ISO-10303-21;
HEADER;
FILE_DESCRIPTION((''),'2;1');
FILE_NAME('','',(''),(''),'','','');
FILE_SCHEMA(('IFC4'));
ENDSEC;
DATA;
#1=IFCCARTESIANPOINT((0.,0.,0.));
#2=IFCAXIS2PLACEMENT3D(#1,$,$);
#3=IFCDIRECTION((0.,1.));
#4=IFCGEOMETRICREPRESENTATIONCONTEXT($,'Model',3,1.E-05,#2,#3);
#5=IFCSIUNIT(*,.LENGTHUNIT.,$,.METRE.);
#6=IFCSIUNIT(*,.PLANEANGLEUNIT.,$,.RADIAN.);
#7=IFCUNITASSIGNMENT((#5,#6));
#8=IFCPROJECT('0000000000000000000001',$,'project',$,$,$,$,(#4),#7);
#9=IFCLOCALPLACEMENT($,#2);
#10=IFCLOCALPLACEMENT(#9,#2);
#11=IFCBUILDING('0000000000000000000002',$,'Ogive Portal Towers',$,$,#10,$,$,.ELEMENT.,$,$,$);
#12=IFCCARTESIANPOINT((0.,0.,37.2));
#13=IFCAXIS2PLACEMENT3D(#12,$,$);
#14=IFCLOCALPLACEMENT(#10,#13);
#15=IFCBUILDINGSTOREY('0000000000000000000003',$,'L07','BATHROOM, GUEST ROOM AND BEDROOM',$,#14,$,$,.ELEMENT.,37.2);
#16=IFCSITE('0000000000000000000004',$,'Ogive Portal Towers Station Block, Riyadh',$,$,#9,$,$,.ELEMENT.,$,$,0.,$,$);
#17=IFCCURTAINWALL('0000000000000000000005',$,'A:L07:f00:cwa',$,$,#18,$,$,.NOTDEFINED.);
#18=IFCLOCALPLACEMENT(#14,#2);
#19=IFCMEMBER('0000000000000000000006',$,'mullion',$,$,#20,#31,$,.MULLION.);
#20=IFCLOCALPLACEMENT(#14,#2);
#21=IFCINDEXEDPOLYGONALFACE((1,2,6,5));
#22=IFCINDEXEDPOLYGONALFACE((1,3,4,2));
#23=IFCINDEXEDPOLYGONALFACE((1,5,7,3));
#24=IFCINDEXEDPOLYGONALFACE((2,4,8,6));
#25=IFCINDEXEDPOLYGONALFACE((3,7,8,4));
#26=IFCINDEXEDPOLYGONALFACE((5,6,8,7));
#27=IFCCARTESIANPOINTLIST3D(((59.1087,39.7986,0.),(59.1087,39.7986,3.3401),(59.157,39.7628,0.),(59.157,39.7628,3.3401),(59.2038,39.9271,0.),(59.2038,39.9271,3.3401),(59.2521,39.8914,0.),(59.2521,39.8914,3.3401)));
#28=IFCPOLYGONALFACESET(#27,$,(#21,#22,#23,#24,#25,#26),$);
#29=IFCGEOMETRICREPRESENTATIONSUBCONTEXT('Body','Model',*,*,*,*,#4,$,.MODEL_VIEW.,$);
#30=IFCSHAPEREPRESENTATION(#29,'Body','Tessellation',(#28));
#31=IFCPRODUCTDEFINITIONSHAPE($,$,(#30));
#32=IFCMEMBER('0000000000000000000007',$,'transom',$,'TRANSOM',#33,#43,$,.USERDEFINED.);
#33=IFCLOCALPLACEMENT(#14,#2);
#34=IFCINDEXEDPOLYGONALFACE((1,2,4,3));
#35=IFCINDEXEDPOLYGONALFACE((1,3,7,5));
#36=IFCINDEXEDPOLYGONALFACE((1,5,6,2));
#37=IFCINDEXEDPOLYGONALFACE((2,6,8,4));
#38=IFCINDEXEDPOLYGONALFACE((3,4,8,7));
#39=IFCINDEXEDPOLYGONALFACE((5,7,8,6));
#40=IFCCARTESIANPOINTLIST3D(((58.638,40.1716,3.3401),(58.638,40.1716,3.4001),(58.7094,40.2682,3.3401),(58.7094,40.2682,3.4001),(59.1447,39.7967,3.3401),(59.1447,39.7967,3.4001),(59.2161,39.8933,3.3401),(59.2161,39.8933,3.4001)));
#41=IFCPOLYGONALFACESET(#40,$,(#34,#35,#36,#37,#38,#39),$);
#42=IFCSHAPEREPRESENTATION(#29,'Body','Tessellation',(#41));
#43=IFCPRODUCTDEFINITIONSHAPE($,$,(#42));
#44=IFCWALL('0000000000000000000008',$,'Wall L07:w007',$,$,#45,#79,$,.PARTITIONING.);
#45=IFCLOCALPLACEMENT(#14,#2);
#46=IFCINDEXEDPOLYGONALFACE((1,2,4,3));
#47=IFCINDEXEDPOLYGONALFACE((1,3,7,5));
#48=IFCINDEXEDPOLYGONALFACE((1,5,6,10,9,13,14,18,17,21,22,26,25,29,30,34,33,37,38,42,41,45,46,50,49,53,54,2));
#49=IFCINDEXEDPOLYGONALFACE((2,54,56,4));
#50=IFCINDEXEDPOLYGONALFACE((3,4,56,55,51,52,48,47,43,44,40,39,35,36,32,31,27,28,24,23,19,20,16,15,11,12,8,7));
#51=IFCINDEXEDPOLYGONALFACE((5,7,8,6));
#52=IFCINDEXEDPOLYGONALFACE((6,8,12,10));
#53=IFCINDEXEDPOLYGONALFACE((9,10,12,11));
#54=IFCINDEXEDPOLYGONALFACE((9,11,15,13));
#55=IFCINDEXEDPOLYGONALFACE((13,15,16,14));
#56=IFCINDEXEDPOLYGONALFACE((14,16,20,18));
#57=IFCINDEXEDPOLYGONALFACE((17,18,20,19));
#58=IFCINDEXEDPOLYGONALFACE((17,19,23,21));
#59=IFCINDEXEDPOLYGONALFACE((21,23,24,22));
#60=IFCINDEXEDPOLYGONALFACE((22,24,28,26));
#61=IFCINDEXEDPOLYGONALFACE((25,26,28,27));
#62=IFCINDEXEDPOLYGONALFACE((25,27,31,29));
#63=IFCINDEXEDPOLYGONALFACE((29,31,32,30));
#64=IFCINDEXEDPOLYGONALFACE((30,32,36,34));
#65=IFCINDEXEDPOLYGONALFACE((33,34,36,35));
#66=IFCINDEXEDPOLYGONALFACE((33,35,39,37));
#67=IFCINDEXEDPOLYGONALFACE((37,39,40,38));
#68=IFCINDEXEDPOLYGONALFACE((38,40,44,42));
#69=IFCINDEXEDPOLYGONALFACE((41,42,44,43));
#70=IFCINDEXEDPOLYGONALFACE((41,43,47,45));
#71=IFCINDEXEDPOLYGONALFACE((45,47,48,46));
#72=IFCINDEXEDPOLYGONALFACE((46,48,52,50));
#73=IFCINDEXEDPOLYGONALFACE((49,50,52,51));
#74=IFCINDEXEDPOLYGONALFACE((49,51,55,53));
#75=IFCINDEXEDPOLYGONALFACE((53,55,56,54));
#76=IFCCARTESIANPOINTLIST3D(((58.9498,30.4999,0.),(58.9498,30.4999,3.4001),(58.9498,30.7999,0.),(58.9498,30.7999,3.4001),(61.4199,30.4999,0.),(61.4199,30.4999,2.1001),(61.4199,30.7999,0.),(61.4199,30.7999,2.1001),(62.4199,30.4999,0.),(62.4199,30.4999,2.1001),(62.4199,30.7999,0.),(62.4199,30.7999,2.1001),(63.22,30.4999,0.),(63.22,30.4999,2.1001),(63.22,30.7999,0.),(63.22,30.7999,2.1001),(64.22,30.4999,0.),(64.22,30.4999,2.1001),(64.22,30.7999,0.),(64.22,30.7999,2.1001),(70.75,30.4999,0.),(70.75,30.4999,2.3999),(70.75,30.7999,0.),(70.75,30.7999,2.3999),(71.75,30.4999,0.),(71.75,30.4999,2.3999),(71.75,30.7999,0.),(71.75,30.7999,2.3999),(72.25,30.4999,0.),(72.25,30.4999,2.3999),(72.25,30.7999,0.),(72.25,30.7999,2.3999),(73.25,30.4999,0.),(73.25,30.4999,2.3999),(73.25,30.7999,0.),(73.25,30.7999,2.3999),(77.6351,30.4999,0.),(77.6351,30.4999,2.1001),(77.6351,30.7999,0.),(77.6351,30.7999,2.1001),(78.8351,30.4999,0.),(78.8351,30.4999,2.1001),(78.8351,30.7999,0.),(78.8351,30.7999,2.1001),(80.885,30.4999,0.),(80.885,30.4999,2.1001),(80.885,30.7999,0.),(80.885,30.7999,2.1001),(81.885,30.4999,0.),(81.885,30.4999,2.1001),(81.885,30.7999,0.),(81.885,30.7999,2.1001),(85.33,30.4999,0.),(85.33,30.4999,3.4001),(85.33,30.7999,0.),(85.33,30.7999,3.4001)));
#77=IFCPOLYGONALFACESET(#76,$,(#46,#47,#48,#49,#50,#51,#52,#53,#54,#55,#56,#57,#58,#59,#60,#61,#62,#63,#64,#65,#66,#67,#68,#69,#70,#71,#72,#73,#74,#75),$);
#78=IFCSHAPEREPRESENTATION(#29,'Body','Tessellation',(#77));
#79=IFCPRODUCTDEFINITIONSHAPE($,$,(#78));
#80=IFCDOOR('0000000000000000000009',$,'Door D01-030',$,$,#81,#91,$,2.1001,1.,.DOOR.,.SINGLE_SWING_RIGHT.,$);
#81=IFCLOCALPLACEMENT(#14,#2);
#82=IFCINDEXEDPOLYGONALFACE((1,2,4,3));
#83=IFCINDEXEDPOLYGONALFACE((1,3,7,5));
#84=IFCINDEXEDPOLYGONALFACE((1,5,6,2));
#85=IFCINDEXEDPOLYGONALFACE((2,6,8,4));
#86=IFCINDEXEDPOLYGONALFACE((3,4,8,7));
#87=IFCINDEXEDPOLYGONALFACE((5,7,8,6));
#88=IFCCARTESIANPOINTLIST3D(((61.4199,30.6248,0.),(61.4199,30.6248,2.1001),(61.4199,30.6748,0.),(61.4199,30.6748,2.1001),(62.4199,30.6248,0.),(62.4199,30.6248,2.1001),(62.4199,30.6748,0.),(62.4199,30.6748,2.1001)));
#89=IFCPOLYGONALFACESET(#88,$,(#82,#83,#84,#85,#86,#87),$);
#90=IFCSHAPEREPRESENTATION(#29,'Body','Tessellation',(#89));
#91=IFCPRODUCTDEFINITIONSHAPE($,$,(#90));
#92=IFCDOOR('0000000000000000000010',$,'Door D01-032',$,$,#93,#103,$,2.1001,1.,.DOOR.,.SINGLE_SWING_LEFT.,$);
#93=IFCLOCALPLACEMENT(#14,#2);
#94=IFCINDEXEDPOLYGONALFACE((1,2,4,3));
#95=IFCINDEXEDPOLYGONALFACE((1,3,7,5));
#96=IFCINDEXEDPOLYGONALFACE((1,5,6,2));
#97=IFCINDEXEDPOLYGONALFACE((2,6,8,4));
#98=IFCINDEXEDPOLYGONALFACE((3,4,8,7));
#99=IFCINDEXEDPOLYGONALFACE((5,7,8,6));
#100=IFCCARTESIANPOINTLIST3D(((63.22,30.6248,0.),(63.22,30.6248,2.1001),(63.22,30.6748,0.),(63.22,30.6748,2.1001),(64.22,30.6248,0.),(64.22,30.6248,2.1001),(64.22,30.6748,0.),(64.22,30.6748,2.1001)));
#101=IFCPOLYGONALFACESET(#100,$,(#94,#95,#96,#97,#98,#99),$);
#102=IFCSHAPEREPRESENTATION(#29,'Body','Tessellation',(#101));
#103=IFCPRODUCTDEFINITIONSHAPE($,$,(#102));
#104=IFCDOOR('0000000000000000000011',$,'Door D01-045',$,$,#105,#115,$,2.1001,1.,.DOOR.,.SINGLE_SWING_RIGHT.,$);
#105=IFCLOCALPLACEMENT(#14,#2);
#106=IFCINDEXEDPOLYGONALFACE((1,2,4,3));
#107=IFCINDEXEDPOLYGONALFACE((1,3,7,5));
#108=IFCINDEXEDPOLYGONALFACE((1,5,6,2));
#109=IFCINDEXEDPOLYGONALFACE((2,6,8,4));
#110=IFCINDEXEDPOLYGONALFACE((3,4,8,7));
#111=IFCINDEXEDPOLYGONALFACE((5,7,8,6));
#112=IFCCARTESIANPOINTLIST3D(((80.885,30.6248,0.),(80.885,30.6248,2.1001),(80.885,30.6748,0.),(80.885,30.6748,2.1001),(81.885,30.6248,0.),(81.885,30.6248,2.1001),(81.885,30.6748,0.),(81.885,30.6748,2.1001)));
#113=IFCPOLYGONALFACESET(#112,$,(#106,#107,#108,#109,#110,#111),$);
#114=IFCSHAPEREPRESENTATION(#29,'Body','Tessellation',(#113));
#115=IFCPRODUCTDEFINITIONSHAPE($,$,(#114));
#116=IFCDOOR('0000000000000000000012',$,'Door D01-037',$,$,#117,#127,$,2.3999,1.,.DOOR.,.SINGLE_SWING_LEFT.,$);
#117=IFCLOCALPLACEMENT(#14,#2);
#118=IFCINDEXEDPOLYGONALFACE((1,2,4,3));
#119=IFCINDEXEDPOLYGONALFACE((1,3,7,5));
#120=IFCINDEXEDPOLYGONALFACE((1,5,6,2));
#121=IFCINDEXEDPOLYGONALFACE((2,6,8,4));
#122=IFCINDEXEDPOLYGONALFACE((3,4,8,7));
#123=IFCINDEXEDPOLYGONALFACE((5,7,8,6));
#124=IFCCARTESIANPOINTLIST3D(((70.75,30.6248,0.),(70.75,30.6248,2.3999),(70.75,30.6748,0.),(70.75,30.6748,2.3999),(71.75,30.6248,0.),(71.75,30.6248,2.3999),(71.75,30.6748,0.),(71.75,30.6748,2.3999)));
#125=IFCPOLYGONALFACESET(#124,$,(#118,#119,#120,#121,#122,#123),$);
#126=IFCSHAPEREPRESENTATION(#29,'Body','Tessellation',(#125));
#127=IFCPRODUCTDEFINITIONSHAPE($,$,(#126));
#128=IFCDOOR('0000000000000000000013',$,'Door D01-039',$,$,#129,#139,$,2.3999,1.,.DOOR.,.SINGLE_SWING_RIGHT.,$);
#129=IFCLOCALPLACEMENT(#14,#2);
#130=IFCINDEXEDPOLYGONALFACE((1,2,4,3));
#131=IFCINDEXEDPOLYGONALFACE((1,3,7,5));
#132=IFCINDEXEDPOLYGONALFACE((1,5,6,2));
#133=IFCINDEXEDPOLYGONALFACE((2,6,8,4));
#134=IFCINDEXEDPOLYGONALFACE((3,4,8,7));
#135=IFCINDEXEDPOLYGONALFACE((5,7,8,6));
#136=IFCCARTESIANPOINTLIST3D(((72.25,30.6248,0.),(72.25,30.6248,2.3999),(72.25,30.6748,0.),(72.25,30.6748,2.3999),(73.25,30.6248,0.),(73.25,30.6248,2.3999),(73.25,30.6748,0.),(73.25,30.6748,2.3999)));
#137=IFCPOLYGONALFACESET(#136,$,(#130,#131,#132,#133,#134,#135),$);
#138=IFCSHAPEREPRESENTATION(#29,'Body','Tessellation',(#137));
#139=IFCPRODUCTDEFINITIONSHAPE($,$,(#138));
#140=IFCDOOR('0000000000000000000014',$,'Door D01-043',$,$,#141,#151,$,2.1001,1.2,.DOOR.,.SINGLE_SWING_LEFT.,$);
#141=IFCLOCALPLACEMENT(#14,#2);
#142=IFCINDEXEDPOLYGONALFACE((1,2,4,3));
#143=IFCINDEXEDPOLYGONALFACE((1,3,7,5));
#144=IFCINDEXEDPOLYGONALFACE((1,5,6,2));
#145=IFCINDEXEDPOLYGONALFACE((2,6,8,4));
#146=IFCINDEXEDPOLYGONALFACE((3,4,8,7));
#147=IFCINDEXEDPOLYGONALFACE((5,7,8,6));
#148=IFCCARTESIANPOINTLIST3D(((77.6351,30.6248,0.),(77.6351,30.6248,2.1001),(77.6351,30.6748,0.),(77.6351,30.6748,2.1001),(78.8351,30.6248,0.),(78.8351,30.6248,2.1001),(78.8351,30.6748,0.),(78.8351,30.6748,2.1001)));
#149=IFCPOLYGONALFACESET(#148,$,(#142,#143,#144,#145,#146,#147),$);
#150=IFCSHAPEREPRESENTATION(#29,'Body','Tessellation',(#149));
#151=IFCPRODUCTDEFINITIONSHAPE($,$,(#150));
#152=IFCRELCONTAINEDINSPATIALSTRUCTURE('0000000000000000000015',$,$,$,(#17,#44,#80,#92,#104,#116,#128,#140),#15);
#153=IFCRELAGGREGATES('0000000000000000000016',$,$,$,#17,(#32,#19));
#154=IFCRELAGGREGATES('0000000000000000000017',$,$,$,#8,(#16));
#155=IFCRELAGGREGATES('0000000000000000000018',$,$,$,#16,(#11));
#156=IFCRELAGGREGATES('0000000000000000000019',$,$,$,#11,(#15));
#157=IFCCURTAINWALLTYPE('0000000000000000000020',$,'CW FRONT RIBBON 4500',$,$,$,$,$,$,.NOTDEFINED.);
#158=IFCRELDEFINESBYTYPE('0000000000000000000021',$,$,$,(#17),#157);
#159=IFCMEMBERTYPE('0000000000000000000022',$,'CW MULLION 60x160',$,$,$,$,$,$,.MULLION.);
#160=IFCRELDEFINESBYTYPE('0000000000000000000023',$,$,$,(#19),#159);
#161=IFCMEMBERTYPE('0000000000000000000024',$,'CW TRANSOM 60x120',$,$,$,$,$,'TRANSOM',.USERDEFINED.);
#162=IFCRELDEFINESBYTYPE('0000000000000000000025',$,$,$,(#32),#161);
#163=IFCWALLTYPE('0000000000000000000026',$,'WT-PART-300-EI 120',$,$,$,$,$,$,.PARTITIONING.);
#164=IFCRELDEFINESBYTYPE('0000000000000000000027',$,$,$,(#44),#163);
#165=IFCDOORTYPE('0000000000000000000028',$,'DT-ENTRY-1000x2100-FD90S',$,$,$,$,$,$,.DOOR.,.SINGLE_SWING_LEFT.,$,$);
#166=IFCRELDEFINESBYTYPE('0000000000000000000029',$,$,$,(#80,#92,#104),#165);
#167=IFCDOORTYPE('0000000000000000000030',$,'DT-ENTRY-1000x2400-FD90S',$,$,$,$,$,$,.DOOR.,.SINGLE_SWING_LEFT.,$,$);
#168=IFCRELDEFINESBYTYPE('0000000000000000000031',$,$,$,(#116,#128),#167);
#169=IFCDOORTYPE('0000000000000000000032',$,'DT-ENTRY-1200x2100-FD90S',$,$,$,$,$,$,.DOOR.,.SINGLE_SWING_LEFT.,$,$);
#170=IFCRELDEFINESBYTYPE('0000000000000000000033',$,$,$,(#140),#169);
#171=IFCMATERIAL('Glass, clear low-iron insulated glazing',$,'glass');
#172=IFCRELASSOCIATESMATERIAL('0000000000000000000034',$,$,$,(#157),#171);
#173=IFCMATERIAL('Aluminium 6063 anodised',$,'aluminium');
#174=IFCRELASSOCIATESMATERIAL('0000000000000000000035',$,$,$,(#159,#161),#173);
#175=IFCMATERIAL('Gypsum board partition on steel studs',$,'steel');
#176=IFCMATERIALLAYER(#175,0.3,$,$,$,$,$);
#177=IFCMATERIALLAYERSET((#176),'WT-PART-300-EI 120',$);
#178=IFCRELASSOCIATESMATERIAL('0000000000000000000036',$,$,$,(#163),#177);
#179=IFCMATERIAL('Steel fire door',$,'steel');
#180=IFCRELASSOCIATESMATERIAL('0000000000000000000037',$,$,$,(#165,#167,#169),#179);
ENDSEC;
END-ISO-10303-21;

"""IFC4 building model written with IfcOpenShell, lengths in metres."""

from ifc_helpers import new_model, si_unit, direction, frame, frame_2d, origin, origin_2d, place, context, subcontext, project, spatial, rectangle, extrude, material, layer, layer_set, material_profile, profile_set, type_object, element, fill, aggregate, save


model = new_model("IFC4")

# Units and contexts
model_context = context("Model", 3, precision=1e-05, world=origin(), true_north=direction((0.0, 1.0)))
body_context = subcontext(model_context, "Body", "Model", "MODEL_VIEW")
ifc_project = project(units=[si_unit("LENGTHUNIT", "METRE"), si_unit("PLANEANGLEUNIT", "RADIAN")], contexts=[model_context])

# Site, building, storey
site_placement = place(None, origin())
site = spatial("IfcSite", under=ifc_project, at=site_placement, Name="Ogive Portal Towers Station Block, Riyadh", CompositionType="ELEMENT", RefElevation=0.0)
building_placement = place(site_placement, origin())
building = spatial("IfcBuilding", under=site, at=building_placement, Name="Ogive Portal Towers", CompositionType="ELEMENT")
storey_placement = place(building_placement, frame((0.0, 0.0, 37.2)))
storey = spatial("IfcBuildingStorey", under=building, at=storey_placement, Name="L07", Description="BATHROOM, GUEST ROOM AND BEDROOM", CompositionType="ELEMENT", Elevation=37.2)

# Curtain wall, members
ifc_material_1 = material(Name="Glass, clear low-iron insulated glazing", Category="glass")
curtain_wall_type = type_object("IfcCurtainWallType", Name="CW FRONT RIBBON 4500", PredefinedType="NOTDEFINED", material=ifc_material_1)
curtain_wall_placement = place(storey_placement, origin())
curtain_wall = element("IfcCurtainWall", 1, at=curtain_wall_placement, inside=storey, type_object=curtain_wall_type, Name="A:L07:f00:cwa", PredefinedType="NOTDEFINED")
ifc_material_2 = material(Name="Aluminium 6063 anodised", Category="aluminium")
ifc_material_profile_1 = material_profile(ifc_material_2, rectangle(XDim=0.1599, YDim=0.0601, at=origin_2d()), Name="AL 60x160")
ifc_profile_set_1 = profile_set([ifc_material_profile_1], Name="Aluminium 6063 anodised")
member_type_1 = type_object("IfcMemberType", Name="CW MULLION 60x160", PredefinedType="MULLION", material=ifc_profile_set_1)
member_1_placement = place(storey_placement, frame((59.1804, 39.845, 0.0), z_axis=(0.0, 0.0, 1.0), x_axis=(-0.594809, -0.803867, 0.0)))
member_1 = element("IfcMember", 2, at=member_1_placement, type_object=member_type_1, Name="mullion", PredefinedType="MULLION", context=body_context, shape_type="SweptSolid", body=[
    extrude(rectangle(XDim=0.1599, YDim=0.0601, at=origin_2d()), origin(), (0.0, 0.0, 1.0), 3.3401),
])
ifc_material_profile_2 = material_profile(ifc_material_2, rectangle(XDim=0.1201, YDim=0.0601, at=origin_2d()), Name="AL 120x60")
ifc_profile_set_2 = profile_set([ifc_material_profile_2], Name="Aluminium 6063 anodised")
member_type_2 = type_object("IfcMemberType", Name="CW TRANSOM 60x120", ElementType="TRANSOM", PredefinedType="USERDEFINED", material=ifc_profile_set_2)
member_2_placement = place(storey_placement, frame((59.1804, 39.845, 3.3701), z_axis=(-0.803886, 0.594783, 0.0), x_axis=(-0.594783, -0.803886, 0.0)))
member_2 = element("IfcMember", 3, at=member_2_placement, type_object=member_type_2, Name="transom", ObjectType="TRANSOM", PredefinedType="USERDEFINED", context=body_context, shape_type="SweptSolid", body=[
    extrude(rectangle(XDim=0.1201, YDim=0.0601, at=origin_2d()), origin(), (0.0, 0.0, 1.0), 0.6304),
])
aggregate(curtain_wall, [member_2, member_1])

# Wall, openings, doors
ifc_material_3 = material(Name="Gypsum board partition on steel studs", Category="steel")
ifc_layer_1 = layer(ifc_material_3, 0.3)
ifc_layer_set_1 = layer_set([ifc_layer_1], Name="WT-PART-300-EI 120")
wall_type_1 = type_object("IfcWallType", Name="WT-PART-300-EI 120", PredefinedType="PARTITIONING", material=ifc_layer_set_1)
wall_1_placement = place(storey_placement, frame((58.95, 30.6499, 0.0), z_axis=(0.0, 0.0, 1.0), x_axis=(1.0, 0.0, 0.0)))
wall_1 = element("IfcWall", 4, at=wall_1_placement, inside=storey, type_object=wall_type_1, Name="Wall L07:w007", PredefinedType="PARTITIONING", context=body_context, shape_type="SweptSolid", body=[
    extrude(rectangle(XDim=26.3801, YDim=0.3, at=frame_2d((13.1899, 0.0))), origin(), (0.0, 0.0, 1.0), 3.4001),
])
opening_1_placement = place(wall_1_placement, frame((2.47, 0.0, 0.0)))
opening_1 = element("IfcOpeningElement", 5, at=opening_1_placement, cuts=wall_1, PredefinedType="OPENING", context=body_context, shape_type="SweptSolid", body=[
    extrude(rectangle(XDim=1.0, YDim=2.1001, at=frame_2d((0.5, 1.05))), frame((0.0, 0.1602, 0.0), z_axis=(0.0, -1.0, 0.0), x_axis=(1.0, 0.0, 0.0)), (0.0, 0.0, 1.0), 0.3201),
])
opening_2_placement = place(wall_1_placement, frame((4.27, 0.0, 0.0)))
opening_2 = element("IfcOpeningElement", 6, at=opening_2_placement, cuts=wall_1, PredefinedType="OPENING", context=body_context, shape_type="SweptSolid", body=[
    extrude(rectangle(XDim=1.0, YDim=2.1001, at=frame_2d((0.5, 1.05))), frame((0.0, 0.1602, 0.0), z_axis=(0.0, -1.0, 0.0), x_axis=(1.0, 0.0, 0.0)), (0.0, 0.0, 1.0), 0.3201),
])
opening_3_placement = place(wall_1_placement, frame((11.8, 0.0, 0.0)))
opening_3 = element("IfcOpeningElement", 7, at=opening_3_placement, cuts=wall_1, PredefinedType="OPENING", context=body_context, shape_type="SweptSolid", body=[
    extrude(rectangle(XDim=1.0, YDim=2.3999, at=frame_2d((0.5, 1.2))), frame((0.0, 0.1602, 0.0), z_axis=(0.0, -1.0, 0.0), x_axis=(1.0, 0.0, 0.0)), (0.0, 0.0, 1.0), 0.3201),
])
opening_4_placement = place(wall_1_placement, frame((13.3, 0.0, 0.0)))
opening_4 = element("IfcOpeningElement", 8, at=opening_4_placement, cuts=wall_1, PredefinedType="OPENING", context=body_context, shape_type="SweptSolid", body=[
    extrude(rectangle(XDim=1.0, YDim=2.3999, at=frame_2d((0.5, 1.2))), frame((0.0, 0.1602, 0.0), z_axis=(0.0, -1.0, 0.0), x_axis=(1.0, 0.0, 0.0)), (0.0, 0.0, 1.0), 0.3201),
])
opening_5_placement = place(wall_1_placement, frame((18.6851, 0.0, 0.0)))
opening_5 = element("IfcOpeningElement", 9, at=opening_5_placement, cuts=wall_1, PredefinedType="OPENING", context=body_context, shape_type="SweptSolid", body=[
    extrude(rectangle(XDim=1.2, YDim=2.1001, at=frame_2d((0.6001, 1.05))), frame((0.0, 0.1602, 0.0), z_axis=(0.0, -1.0, 0.0), x_axis=(1.0, 0.0, 0.0)), (0.0, 0.0, 1.0), 0.3201),
])
opening_6_placement = place(wall_1_placement, frame((21.9351, 0.0, 0.0)))
opening_6 = element("IfcOpeningElement", 10, at=opening_6_placement, cuts=wall_1, PredefinedType="OPENING", context=body_context, shape_type="SweptSolid", body=[
    extrude(rectangle(XDim=1.0, YDim=2.1001, at=frame_2d((0.5, 1.05))), frame((0.0, 0.1602, 0.0), z_axis=(0.0, -1.0, 0.0), x_axis=(1.0, 0.0, 0.0)), (0.0, 0.0, 1.0), 0.3201),
])
ifc_material_4 = material(Name="Steel fire door", Category="steel")
door_type_1 = type_object("IfcDoorType", Name="DT-ENTRY-1000x2100-FD90S", OperationType="SINGLE_SWING_LEFT", PredefinedType="DOOR", material=ifc_material_4)
door_1_placement = place(opening_1_placement, origin())
door_1 = element("IfcDoor", 11, at=door_1_placement, inside=storey, type_object=door_type_1, Name="Door D01-030", OperationType="SINGLE_SWING_RIGHT", OverallHeight=2.1001, OverallWidth=1.0, PredefinedType="DOOR", context=body_context, shape_type="SweptSolid", body=[
    extrude(rectangle(XDim=1.0, YDim=2.1001, at=frame_2d((0.5, 1.05))), frame((0.0, 0.0249, 0.0), z_axis=(0.0, -1.0, 0.0), x_axis=(1.0, 0.0, 0.0)), (0.0, 0.0, 1.0), 0.05),
])
fill(opening_1, door_1)
door_2_placement = place(opening_2_placement, origin())
door_2 = element("IfcDoor", 12, at=door_2_placement, inside=storey, type_object=door_type_1, Name="Door D01-032", OperationType="SINGLE_SWING_LEFT", OverallHeight=2.1001, OverallWidth=1.0, PredefinedType="DOOR", context=body_context, shape_type="SweptSolid", body=[
    extrude(rectangle(XDim=1.0, YDim=2.1001, at=frame_2d((0.5, 1.05))), frame((0.0, 0.0249, 0.0), z_axis=(0.0, -1.0, 0.0), x_axis=(1.0, 0.0, 0.0)), (0.0, 0.0, 1.0), 0.05),
])
fill(opening_2, door_2)
door_3_placement = place(opening_6_placement, origin())
door_3 = element("IfcDoor", 13, at=door_3_placement, inside=storey, type_object=door_type_1, Name="Door D01-045", OperationType="SINGLE_SWING_RIGHT", OverallHeight=2.1001, OverallWidth=1.0, PredefinedType="DOOR", context=body_context, shape_type="SweptSolid", body=[
    extrude(rectangle(XDim=1.0, YDim=2.1001, at=frame_2d((0.5, 1.05))), frame((0.0, 0.0249, 0.0), z_axis=(0.0, -1.0, 0.0), x_axis=(1.0, 0.0, 0.0)), (0.0, 0.0, 1.0), 0.05),
])
fill(opening_6, door_3)
door_type_2 = type_object("IfcDoorType", Name="DT-ENTRY-1000x2400-FD90S", OperationType="SINGLE_SWING_LEFT", PredefinedType="DOOR", material=ifc_material_4)
door_4_placement = place(opening_3_placement, origin())
door_4 = element("IfcDoor", 14, at=door_4_placement, inside=storey, type_object=door_type_2, Name="Door D01-037", OperationType="SINGLE_SWING_LEFT", OverallHeight=2.3999, OverallWidth=1.0, PredefinedType="DOOR", context=body_context, shape_type="SweptSolid", body=[
    extrude(rectangle(XDim=1.0, YDim=2.3999, at=frame_2d((0.5, 1.2))), frame((0.0, 0.0249, 0.0), z_axis=(0.0, -1.0, 0.0), x_axis=(1.0, 0.0, 0.0)), (0.0, 0.0, 1.0), 0.05),
])
fill(opening_3, door_4)
door_5_placement = place(opening_4_placement, origin())
door_5 = element("IfcDoor", 15, at=door_5_placement, inside=storey, type_object=door_type_2, Name="Door D01-039", OperationType="SINGLE_SWING_RIGHT", OverallHeight=2.3999, OverallWidth=1.0, PredefinedType="DOOR", context=body_context, shape_type="SweptSolid", body=[
    extrude(rectangle(XDim=1.0, YDim=2.3999, at=frame_2d((0.5, 1.2))), frame((0.0, 0.0249, 0.0), z_axis=(0.0, -1.0, 0.0), x_axis=(1.0, 0.0, 0.0)), (0.0, 0.0, 1.0), 0.05),
])
fill(opening_4, door_5)
door_type_3 = type_object("IfcDoorType", Name="DT-ENTRY-1200x2100-FD90S", OperationType="SINGLE_SWING_LEFT", PredefinedType="DOOR", material=ifc_material_4)
door_6_placement = place(opening_5_placement, origin())
door_6 = element("IfcDoor", 16, at=door_6_placement, inside=storey, type_object=door_type_3, Name="Door D01-043", OperationType="SINGLE_SWING_LEFT", OverallHeight=2.1001, OverallWidth=1.2, PredefinedType="DOOR", context=body_context, shape_type="SweptSolid", body=[
    extrude(rectangle(XDim=1.2, YDim=2.1001, at=frame_2d((0.6001, 1.05))), frame((0.0, 0.0249, 0.0), z_axis=(0.0, -1.0, 0.0), x_axis=(1.0, 0.0, 0.0)), (0.0, 0.0, 1.0), 0.05),
])
fill(opening_5, door_6)

save(model, "model.ifc")
